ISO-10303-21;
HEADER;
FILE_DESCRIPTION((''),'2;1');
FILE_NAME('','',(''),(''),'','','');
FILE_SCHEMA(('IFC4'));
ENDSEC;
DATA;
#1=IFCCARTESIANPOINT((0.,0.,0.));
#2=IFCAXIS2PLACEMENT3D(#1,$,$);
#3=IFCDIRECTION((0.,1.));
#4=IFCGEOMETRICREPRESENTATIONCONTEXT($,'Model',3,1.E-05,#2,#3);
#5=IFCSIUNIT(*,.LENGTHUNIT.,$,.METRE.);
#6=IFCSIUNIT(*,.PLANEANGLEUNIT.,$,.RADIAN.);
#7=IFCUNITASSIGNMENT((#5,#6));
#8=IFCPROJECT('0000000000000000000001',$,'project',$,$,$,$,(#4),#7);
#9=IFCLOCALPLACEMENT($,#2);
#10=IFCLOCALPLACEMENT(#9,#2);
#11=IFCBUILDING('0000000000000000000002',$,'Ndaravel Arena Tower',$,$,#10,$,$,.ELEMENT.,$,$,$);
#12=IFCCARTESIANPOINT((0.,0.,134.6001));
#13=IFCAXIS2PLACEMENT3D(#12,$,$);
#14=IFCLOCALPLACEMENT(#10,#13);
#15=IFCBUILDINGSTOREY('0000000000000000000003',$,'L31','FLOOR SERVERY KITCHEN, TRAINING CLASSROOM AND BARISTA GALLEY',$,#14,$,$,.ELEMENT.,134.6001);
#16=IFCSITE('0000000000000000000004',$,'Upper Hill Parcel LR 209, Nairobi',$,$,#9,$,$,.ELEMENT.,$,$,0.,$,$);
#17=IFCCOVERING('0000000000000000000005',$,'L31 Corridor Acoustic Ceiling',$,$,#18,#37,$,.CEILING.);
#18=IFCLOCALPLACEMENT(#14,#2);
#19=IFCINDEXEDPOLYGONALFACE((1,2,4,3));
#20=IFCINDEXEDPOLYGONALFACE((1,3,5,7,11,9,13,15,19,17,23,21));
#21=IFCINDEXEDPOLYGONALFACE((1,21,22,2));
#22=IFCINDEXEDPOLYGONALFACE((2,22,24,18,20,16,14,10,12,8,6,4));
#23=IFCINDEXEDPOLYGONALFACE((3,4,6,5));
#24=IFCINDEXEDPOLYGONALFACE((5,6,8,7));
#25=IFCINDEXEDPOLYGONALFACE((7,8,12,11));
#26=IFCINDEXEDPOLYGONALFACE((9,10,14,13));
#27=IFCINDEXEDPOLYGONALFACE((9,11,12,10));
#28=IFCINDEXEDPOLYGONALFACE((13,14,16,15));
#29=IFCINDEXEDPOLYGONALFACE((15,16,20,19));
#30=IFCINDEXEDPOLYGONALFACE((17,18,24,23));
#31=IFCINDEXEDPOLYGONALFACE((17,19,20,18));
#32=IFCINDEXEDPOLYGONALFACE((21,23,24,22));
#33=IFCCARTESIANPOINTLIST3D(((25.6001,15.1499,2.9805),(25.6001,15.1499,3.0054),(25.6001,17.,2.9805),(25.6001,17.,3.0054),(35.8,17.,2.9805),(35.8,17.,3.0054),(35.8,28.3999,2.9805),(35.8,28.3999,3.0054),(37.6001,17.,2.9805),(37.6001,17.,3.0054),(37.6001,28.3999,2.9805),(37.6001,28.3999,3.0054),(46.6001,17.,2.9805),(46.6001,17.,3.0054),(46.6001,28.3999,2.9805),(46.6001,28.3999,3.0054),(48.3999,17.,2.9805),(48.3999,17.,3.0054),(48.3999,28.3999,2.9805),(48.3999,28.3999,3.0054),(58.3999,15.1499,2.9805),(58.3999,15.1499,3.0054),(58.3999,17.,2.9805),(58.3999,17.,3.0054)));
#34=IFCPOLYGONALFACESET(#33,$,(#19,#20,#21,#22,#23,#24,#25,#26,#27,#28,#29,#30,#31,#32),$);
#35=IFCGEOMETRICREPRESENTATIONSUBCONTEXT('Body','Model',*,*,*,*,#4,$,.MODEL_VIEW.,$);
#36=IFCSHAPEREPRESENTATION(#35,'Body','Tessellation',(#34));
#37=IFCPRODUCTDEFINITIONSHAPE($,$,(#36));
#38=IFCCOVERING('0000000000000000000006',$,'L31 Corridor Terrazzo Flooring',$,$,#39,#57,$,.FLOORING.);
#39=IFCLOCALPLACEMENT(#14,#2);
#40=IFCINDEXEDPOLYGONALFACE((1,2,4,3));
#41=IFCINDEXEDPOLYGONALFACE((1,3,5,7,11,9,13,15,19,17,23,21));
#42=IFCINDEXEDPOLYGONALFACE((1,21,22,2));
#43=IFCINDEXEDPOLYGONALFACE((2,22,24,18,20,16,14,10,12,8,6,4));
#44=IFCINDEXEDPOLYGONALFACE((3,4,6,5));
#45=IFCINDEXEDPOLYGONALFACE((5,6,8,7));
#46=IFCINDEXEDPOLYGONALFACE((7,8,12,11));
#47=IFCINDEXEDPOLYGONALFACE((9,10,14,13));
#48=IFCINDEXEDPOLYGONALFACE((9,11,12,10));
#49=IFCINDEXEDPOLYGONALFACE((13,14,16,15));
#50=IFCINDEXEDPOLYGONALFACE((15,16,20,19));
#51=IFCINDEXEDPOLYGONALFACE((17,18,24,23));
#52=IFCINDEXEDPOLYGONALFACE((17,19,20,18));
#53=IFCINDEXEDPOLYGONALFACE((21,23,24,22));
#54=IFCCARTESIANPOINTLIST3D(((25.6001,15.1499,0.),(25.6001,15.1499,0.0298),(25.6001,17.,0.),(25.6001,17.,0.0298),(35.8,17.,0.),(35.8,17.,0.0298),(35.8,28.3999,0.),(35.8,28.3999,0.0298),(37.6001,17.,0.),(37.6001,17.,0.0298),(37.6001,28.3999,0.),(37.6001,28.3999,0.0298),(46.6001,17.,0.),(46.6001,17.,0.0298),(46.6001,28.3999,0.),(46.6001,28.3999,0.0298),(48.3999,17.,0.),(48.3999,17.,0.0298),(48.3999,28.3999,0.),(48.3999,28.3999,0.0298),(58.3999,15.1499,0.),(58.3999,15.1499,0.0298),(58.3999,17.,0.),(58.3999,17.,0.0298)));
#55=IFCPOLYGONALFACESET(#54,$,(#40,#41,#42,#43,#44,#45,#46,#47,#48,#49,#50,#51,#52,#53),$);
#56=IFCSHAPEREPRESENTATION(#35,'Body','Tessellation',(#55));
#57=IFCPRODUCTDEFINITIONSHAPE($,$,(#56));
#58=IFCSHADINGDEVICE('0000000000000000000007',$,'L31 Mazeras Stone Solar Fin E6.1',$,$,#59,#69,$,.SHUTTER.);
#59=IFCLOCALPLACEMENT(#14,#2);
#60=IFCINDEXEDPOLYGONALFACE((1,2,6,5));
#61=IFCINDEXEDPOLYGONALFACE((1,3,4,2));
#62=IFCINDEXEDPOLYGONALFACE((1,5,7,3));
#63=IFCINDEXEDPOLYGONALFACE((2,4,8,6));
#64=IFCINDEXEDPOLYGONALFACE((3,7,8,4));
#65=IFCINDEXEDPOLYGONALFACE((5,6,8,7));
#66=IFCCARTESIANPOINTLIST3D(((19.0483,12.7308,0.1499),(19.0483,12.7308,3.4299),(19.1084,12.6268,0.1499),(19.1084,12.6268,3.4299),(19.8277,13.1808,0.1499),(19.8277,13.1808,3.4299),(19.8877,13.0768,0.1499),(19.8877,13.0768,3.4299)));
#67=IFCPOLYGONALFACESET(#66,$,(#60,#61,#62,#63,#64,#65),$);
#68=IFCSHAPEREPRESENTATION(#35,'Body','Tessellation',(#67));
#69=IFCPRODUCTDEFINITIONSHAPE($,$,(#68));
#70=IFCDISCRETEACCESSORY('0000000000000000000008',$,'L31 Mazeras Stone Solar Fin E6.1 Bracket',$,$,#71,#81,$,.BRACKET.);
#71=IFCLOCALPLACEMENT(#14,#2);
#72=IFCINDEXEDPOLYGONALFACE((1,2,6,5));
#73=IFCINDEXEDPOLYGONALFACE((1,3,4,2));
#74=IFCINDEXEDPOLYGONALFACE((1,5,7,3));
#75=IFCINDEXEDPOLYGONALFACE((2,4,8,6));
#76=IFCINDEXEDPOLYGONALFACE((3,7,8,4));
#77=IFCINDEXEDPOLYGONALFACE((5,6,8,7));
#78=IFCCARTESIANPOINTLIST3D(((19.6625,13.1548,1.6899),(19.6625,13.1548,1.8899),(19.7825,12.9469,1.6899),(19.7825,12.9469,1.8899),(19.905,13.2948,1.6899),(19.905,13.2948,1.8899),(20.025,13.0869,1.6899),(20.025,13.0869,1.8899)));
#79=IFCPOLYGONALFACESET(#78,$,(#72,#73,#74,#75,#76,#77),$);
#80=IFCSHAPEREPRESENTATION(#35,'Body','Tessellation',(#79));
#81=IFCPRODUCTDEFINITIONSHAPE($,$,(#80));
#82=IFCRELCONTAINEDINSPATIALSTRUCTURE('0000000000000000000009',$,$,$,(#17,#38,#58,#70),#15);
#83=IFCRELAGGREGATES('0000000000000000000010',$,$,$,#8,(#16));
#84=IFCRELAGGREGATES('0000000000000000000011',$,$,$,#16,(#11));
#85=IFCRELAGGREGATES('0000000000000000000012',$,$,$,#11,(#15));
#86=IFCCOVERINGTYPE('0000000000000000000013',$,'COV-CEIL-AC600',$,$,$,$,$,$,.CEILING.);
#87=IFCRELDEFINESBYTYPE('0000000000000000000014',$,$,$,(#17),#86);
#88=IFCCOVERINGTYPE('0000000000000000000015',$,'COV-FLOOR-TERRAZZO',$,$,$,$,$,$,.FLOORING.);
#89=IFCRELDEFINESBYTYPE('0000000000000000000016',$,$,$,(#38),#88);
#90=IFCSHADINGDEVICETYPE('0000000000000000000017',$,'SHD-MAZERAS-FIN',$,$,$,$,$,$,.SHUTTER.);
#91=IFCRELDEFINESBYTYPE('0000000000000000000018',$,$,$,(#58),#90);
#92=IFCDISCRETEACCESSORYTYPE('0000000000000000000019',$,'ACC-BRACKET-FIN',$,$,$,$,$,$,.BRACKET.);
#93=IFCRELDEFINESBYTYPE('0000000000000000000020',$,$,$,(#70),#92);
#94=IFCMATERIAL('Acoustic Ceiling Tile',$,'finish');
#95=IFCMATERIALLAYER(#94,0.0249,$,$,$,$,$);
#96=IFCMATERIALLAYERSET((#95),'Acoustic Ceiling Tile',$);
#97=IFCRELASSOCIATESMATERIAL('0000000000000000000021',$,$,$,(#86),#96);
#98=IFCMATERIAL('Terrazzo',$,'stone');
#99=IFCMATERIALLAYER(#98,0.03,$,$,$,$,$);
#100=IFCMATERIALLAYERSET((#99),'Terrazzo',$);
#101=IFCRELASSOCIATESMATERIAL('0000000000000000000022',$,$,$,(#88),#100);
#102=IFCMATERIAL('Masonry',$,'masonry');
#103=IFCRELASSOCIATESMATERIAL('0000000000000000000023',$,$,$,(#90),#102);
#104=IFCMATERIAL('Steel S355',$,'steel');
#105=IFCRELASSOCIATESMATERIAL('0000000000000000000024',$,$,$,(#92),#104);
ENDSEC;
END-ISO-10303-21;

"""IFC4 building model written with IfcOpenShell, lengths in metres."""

from ifc_helpers import new_model, si_unit, direction, frame, origin, origin_2d, place, context, subcontext, project, spatial, polyline, rectangle, outline, extrude, material, layer, layer_set, type_object, element, save


model = new_model("IFC4")

# Units and contexts
model_context = context("Model", 3, precision=1e-05, world=origin(), true_north=direction((0.0, 1.0)))
body_context = subcontext(model_context, "Body", "Model", "MODEL_VIEW")
ifc_project = project(units=[si_unit("LENGTHUNIT", "METRE"), si_unit("PLANEANGLEUNIT", "RADIAN")], contexts=[model_context])

# Site, building, storey
site_placement = place(None, origin())
site = spatial("IfcSite", under=ifc_project, at=site_placement, Name="Upper Hill Parcel LR 209, Nairobi", CompositionType="ELEMENT", RefElevation=0.0)
building_placement = place(site_placement, origin())
building = spatial("IfcBuilding", under=site, at=building_placement, Name="Ndaravel Arena Tower", CompositionType="ELEMENT")
storey_placement = place(building_placement, frame((0.0, 0.0, 134.6001)))
storey = spatial("IfcBuildingStorey", under=building, at=storey_placement, Name="L31", Description="FLOOR SERVERY KITCHEN, TRAINING CLASSROOM AND BARISTA GALLEY", CompositionType="ELEMENT", Elevation=134.6001)

# Coverings
ifc_material_1 = material(Name="Acoustic Ceiling Tile", Category="finish")
ifc_layer_1 = layer(ifc_material_1, 0.0249)
ifc_layer_set_1 = layer_set([ifc_layer_1], Name="Acoustic Ceiling Tile")
covering_type_1 = type_object("IfcCoveringType", Name="COV-CEIL-AC600", PredefinedType="CEILING", material=ifc_layer_set_1)
covering_1_placement = place(storey_placement, frame((0.0, 0.0, 2.9805)))
element("IfcCovering", 1, at=covering_1_placement, inside=storey, type_object=covering_type_1, Name="L31 Corridor Acoustic Ceiling", PredefinedType="CEILING", context=body_context, shape_type="SweptSolid", body=[
    extrude(outline(polyline([(58.3999, 17.0), (48.3999, 17.0), (48.3999, 28.3999), (46.6001, 28.3999), (46.6001, 17.0), (37.6001, 17.0), (37.6001, 28.3999), (35.8, 28.3999), (35.8, 17.0), (25.6001, 17.0), (25.6001, 15.1499), (58.3999, 15.1499), (58.3999, 17.0)])), origin(), (0.0, 0.0, 1.0), 0.0249),
])
ifc_material_2 = material(Name="Terrazzo", Category="stone")
ifc_layer_2 = layer(ifc_material_2, 0.03)
ifc_layer_set_2 = layer_set([ifc_layer_2], Name="Terrazzo")
covering_type_2 = type_object("IfcCoveringType", Name="COV-FLOOR-TERRAZZO", PredefinedType="FLOORING", material=ifc_layer_set_2)
covering_2_placement = place(storey_placement, origin())
element("IfcCovering", 2, at=covering_2_placement, inside=storey, type_object=covering_type_2, Name="L31 Corridor Terrazzo Flooring", PredefinedType="FLOORING", context=body_context, shape_type="SweptSolid", body=[
    extrude(outline(polyline([(58.3999, 17.0), (48.3999, 17.0), (48.3999, 28.3999), (46.6001, 28.3999), (46.6001, 17.0), (37.6001, 17.0), (37.6001, 28.3999), (35.8, 28.3999), (35.8, 17.0), (25.6001, 17.0), (25.6001, 15.1499), (58.3999, 15.1499), (58.3999, 17.0)])), origin(), (0.0, 0.0, 1.0), 0.0298),
])

# Shading device
ifc_material_3 = material(Name="Masonry", Category="masonry")
shading_device_type = type_object("IfcShadingDeviceType", Name="SHD-MAZERAS-FIN", PredefinedType="SHUTTER", material=ifc_material_3)
shading_device_placement = place(storey_placement, frame((19.468, 12.9038, 0.1499), z_axis=(0.0, 0.0, 1.0), x_axis=(-0.866025, -0.5, 0.0)))
element("IfcShadingDevice", 3, at=shading_device_placement, inside=storey, type_object=shading_device_type, Name="L31 Mazeras Stone Solar Fin E6.1", PredefinedType="SHUTTER", context=body_context, shape_type="SweptSolid", body=[
    extrude(rectangle(XDim=0.8999, YDim=0.1201, at=origin_2d()), origin(), (0.0, 0.0, 1.0), 3.28),
])

# Discrete accessory
ifc_material_4 = material(Name="Steel S355", Category="steel")
discrete_accessory_type = type_object("IfcDiscreteAccessoryType", Name="ACC-BRACKET-FIN", PredefinedType="BRACKET", material=ifc_material_4)
discrete_accessory_placement = place(storey_placement, frame((19.8438, 13.1208, 1.6899), z_axis=(0.0, 0.0, 1.0), x_axis=(-0.866025, -0.5, 0.0)))
element("IfcDiscreteAccessory", 4, at=discrete_accessory_placement, inside=storey, type_object=discrete_accessory_type, Name="L31 Mazeras Stone Solar Fin E6.1 Bracket", PredefinedType="BRACKET", context=body_context, shape_type="SweptSolid", body=[
    extrude(rectangle(XDim=0.28, YDim=0.24, at=origin_2d()), origin(), (0.0, 0.0, 1.0), 0.2),
])

save(model, "model.ifc")
